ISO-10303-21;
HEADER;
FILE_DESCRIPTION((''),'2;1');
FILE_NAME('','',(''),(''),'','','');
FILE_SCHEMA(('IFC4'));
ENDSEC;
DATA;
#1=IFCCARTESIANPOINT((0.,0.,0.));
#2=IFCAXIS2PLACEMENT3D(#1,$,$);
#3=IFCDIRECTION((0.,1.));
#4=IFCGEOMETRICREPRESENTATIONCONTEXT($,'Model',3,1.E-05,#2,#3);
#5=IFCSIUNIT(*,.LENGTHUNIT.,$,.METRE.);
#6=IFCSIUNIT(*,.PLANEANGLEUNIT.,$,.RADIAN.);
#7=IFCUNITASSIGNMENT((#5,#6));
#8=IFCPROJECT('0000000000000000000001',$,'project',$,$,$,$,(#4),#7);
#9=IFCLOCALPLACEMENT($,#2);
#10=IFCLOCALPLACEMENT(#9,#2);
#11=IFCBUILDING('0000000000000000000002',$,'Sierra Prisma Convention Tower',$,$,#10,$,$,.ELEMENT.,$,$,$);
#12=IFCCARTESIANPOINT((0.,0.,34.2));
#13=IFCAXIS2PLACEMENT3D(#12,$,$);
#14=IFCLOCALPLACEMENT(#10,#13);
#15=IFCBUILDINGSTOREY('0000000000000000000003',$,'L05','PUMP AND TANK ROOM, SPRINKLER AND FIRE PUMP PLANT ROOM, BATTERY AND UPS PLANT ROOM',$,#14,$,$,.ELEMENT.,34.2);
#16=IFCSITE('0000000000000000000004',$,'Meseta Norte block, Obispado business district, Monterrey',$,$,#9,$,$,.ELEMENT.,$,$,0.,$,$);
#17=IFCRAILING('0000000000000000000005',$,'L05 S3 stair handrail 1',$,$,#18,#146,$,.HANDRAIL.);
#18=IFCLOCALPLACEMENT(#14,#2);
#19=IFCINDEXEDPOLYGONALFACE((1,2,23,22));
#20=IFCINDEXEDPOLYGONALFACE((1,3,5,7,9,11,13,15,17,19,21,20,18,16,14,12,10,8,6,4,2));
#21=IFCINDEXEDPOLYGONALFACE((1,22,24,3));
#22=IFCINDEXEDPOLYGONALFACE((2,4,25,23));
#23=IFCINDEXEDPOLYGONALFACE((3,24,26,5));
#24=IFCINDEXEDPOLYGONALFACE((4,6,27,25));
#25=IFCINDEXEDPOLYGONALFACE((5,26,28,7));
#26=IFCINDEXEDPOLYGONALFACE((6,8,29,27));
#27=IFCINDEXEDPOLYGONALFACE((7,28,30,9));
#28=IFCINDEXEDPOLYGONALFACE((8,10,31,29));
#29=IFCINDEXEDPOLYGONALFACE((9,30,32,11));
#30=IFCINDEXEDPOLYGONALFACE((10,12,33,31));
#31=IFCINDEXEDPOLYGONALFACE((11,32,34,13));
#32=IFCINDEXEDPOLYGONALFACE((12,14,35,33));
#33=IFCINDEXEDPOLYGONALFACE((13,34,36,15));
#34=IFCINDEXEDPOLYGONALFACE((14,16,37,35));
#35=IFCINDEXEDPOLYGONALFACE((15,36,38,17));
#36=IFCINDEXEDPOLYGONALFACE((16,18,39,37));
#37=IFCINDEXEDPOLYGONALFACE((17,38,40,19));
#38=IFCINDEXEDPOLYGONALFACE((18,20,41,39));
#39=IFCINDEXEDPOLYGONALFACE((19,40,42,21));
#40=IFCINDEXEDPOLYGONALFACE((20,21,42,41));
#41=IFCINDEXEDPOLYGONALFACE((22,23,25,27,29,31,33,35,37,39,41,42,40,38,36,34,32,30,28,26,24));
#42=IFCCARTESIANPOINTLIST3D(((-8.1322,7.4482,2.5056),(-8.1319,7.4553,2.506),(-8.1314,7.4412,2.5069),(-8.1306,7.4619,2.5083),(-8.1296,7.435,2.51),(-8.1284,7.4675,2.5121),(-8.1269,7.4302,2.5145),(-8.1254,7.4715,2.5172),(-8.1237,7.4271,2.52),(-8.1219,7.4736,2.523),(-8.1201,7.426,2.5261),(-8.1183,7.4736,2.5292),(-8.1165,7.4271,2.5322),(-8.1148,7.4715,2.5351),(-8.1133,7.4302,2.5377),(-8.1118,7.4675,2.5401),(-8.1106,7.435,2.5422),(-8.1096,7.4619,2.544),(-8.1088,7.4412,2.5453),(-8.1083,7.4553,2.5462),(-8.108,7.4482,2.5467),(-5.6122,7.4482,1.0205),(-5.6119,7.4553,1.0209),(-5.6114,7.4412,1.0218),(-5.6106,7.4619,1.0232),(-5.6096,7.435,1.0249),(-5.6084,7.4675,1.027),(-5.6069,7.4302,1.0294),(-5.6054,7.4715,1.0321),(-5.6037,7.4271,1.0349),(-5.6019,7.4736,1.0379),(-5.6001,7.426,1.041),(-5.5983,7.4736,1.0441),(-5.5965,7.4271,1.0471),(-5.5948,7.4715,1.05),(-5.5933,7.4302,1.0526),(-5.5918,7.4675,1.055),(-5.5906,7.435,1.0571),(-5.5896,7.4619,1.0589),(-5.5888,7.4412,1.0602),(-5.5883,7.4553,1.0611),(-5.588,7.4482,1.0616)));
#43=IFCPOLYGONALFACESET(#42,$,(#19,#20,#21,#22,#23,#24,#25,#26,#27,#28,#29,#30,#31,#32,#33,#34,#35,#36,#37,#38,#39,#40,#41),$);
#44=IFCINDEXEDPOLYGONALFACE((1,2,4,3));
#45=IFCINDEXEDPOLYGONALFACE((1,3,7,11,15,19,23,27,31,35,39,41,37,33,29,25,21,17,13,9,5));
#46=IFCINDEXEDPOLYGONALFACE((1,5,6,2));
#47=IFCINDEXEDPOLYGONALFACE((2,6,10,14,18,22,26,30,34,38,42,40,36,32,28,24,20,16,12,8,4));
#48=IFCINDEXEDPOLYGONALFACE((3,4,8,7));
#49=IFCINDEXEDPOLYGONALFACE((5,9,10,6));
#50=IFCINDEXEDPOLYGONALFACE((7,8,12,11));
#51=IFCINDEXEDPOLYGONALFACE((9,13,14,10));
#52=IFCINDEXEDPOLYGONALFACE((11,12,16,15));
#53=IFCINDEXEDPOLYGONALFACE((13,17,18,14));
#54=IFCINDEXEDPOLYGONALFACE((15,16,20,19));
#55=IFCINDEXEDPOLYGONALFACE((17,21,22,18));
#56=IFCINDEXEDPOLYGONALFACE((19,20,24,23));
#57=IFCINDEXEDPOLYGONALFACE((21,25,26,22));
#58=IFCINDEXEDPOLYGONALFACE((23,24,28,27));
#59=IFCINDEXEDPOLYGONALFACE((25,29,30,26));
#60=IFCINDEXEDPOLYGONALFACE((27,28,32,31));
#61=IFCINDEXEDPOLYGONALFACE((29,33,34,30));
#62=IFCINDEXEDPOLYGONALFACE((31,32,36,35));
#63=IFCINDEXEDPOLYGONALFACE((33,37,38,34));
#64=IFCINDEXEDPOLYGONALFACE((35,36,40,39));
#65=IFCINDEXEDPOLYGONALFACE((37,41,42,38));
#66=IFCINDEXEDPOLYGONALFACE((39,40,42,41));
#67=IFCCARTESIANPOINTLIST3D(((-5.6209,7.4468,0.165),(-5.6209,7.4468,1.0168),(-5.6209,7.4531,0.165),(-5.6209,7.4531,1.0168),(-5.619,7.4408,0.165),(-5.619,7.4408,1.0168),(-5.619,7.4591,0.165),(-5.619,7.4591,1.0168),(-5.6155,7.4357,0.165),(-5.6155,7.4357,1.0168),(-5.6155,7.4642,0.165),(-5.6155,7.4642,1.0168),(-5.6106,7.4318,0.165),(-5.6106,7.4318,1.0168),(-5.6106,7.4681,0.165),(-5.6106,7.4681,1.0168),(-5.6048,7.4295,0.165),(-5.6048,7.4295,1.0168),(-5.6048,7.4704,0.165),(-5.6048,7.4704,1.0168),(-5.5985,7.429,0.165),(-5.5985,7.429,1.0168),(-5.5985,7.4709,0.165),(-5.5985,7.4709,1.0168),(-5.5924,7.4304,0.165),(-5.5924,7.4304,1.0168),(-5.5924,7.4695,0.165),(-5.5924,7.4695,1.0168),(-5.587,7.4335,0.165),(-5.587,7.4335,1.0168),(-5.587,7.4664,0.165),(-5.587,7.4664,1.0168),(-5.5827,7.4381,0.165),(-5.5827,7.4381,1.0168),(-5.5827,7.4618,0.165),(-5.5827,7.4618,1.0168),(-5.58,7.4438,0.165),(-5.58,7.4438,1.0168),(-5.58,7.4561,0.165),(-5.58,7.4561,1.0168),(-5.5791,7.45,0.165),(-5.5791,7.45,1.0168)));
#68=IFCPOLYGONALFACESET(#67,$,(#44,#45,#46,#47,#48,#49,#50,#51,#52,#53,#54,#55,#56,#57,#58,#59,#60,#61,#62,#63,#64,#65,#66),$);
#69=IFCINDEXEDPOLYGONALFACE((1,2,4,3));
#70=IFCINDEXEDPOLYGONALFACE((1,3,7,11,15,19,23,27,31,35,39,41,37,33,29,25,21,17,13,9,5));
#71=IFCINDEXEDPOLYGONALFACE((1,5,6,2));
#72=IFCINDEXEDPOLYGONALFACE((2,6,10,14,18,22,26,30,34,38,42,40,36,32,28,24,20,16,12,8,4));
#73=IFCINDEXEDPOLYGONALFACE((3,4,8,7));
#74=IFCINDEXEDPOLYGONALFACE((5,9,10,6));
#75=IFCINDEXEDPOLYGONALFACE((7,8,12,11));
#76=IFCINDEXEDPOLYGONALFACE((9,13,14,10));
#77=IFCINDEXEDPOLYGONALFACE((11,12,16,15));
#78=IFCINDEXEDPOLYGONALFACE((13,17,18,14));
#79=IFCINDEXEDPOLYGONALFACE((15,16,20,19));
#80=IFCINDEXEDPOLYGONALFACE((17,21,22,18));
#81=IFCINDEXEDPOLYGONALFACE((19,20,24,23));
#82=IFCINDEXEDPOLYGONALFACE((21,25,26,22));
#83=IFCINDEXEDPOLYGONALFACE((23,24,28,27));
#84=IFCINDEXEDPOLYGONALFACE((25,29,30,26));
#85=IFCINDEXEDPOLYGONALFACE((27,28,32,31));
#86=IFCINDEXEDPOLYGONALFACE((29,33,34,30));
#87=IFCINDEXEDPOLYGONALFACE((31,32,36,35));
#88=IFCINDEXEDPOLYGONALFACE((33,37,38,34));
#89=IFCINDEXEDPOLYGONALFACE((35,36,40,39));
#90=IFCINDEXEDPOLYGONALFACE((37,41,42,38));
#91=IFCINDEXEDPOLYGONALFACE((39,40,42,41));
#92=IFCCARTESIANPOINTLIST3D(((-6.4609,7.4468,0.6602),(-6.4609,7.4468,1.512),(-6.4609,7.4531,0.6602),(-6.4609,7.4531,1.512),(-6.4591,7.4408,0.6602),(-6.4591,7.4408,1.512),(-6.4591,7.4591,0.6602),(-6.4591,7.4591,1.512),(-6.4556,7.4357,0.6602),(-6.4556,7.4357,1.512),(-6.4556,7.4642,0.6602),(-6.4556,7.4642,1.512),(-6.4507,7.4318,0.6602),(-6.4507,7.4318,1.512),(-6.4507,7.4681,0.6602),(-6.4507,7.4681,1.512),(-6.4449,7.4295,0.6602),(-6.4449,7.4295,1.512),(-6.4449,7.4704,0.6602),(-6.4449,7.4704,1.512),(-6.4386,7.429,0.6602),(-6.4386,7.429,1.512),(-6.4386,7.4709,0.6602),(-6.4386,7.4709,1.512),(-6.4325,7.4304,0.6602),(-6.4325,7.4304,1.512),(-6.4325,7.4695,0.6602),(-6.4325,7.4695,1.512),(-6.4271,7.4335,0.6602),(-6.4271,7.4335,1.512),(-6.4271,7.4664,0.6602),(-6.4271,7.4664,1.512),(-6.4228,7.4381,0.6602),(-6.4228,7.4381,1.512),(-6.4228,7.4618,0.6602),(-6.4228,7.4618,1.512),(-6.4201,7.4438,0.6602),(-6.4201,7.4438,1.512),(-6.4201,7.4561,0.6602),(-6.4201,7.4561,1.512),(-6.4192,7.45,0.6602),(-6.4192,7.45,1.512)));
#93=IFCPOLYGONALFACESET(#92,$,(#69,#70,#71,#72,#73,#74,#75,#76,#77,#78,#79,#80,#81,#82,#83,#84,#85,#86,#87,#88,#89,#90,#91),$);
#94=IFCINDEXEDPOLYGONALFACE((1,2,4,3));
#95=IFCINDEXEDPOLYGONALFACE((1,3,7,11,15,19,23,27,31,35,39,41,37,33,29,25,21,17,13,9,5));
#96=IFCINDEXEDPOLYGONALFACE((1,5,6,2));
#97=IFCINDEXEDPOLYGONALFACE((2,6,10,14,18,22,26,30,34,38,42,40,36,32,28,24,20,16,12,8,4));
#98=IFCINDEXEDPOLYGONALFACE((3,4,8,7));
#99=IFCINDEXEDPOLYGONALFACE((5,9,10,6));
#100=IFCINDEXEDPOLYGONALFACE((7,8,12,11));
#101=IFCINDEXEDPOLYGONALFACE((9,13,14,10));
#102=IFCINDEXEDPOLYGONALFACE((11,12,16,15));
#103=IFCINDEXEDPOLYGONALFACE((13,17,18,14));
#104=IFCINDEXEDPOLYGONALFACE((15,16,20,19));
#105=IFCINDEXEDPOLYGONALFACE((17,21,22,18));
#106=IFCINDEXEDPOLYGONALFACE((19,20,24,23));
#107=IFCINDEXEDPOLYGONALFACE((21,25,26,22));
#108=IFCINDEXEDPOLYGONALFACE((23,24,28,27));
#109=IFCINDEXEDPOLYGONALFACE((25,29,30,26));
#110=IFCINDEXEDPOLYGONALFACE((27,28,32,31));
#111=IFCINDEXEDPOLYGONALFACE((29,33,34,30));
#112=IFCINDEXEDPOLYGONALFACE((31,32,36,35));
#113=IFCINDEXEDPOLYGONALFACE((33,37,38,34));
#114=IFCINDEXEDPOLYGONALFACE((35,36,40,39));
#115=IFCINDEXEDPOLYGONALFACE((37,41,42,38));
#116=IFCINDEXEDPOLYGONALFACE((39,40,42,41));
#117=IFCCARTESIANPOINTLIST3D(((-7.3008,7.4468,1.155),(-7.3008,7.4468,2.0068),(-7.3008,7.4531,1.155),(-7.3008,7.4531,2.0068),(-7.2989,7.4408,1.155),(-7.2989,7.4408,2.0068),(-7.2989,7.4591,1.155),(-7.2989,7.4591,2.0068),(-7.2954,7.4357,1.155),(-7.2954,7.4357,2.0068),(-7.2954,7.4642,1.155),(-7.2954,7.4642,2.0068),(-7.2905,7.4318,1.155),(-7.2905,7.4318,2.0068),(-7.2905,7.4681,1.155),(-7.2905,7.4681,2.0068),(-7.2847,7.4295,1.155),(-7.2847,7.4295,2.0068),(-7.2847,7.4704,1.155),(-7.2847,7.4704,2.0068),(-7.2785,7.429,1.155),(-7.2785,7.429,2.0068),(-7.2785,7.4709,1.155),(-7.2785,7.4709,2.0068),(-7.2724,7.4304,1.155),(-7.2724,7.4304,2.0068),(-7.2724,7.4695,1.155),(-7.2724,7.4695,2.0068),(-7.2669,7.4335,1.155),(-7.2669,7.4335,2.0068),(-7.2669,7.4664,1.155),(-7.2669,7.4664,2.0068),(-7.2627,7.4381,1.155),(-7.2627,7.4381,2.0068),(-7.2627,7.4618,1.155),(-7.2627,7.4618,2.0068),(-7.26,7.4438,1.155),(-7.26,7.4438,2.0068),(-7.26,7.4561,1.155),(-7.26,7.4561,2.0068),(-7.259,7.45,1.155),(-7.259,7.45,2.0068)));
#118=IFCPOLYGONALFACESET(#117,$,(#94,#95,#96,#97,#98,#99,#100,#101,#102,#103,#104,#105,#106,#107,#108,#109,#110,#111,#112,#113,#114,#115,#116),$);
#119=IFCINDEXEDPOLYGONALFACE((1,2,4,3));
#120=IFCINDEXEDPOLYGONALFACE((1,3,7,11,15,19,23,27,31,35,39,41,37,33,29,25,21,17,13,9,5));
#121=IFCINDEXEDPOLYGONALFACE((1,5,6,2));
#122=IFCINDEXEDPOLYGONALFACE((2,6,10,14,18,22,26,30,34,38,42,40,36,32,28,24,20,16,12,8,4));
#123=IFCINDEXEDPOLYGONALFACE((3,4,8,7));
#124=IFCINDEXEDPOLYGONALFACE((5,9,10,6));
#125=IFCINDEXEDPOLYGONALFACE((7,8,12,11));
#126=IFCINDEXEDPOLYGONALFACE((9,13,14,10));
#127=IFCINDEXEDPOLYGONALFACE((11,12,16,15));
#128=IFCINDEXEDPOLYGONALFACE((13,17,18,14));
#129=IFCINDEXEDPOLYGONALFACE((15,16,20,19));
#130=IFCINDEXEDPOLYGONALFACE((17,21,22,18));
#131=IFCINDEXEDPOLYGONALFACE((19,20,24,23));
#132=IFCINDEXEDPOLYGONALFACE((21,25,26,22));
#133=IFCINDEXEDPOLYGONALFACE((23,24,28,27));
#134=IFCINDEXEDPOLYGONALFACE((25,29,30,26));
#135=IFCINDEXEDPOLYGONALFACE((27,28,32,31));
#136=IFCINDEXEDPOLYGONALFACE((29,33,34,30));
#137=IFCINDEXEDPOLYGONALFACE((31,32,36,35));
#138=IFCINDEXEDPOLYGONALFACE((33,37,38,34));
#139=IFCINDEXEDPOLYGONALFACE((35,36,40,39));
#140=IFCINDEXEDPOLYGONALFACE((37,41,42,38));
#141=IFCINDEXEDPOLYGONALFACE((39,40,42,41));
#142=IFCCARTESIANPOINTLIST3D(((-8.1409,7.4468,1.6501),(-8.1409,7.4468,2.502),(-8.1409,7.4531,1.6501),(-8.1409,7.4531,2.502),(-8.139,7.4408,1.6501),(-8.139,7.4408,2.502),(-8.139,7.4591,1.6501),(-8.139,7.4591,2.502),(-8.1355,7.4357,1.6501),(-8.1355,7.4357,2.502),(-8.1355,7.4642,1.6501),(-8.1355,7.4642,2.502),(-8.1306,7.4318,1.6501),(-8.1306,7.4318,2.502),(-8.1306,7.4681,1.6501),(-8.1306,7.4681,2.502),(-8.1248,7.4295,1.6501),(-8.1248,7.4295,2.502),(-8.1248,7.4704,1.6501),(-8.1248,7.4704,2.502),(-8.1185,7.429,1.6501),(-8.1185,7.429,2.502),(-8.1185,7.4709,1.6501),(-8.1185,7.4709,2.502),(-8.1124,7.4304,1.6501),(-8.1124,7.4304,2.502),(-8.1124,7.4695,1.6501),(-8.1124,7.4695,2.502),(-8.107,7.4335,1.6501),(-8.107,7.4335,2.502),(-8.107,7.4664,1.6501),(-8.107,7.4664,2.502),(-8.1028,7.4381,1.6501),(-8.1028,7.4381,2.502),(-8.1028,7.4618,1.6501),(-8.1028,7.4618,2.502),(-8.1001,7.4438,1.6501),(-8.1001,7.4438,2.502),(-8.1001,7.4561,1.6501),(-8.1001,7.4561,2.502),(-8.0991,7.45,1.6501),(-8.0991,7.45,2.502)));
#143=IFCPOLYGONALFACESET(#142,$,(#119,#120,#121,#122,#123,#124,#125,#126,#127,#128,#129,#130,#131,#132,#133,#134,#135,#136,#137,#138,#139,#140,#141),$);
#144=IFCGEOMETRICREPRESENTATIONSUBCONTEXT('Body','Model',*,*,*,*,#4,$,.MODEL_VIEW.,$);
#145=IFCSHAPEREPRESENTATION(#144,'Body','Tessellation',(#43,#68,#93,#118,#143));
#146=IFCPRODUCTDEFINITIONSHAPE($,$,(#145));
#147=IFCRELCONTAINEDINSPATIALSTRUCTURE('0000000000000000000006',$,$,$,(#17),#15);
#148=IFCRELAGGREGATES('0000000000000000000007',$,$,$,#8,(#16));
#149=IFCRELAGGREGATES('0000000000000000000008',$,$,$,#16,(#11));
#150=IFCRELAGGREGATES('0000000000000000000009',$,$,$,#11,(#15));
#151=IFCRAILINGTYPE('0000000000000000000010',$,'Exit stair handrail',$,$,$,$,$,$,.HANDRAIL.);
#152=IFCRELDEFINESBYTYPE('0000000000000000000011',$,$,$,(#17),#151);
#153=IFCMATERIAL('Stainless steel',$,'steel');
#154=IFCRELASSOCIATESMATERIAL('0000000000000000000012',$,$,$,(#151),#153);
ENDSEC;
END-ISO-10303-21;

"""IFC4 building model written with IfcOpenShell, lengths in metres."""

from ifc_helpers import new_model, si_unit, direction, frame, origin, origin_2d, place, context, subcontext, project, spatial, circle, extrude, material, type_object, element, save


model = new_model("IFC4")

# Units and contexts
model_context = context("Model", 3, precision=1e-05, world=origin(), true_north=direction((0.0, 1.0)))
body_context = subcontext(model_context, "Body", "Model", "MODEL_VIEW")
ifc_project = project(units=[si_unit("LENGTHUNIT", "METRE"), si_unit("PLANEANGLEUNIT", "RADIAN")], contexts=[model_context])

# Site, building, storey
site_placement = place(None, origin())
site = spatial("IfcSite", under=ifc_project, at=site_placement, Name="Meseta Norte block, Obispado business district, Monterrey", CompositionType="ELEMENT", RefElevation=0.0)
building_placement = place(site_placement, origin())
building = spatial("IfcBuilding", under=site, at=building_placement, Name="Sierra Prisma Convention Tower", CompositionType="ELEMENT")
storey_placement = place(building_placement, frame((0.0, 0.0, 34.2)))
storey = spatial("IfcBuildingStorey", under=building, at=storey_placement, Name="L05", Description="PUMP AND TANK ROOM, SPRINKLER AND FIRE PUMP PLANT ROOM, BATTERY AND UPS PLANT ROOM", CompositionType="ELEMENT", Elevation=34.2)

# Railing
ifc_material_1 = material(Name="Stainless steel", Category="steel")
railing_type_1 = type_object("IfcRailingType", Name="Exit stair handrail", PredefinedType="HANDRAIL", material=ifc_material_1)
railing_1_placement = place(storey_placement, frame((-5.6001, 7.45, 0.165)))
element("IfcRailing", 1, at=railing_1_placement, inside=storey, type_object=railing_type_1, Name="L05 S3 stair handrail 1", PredefinedType="HANDRAIL", context=body_context, shape_type="SweptSolid", body=[
    extrude(circle(Radius=0.0239, at=origin_2d()), frame((0.0, 0.0, 0.876), z_axis=(-0.861524, 0.0, 0.507717), x_axis=(0.0, -1.0, 0.0)), (0.0, 0.0, 1.0), 2.925),
    extrude(circle(Radius=0.021, at=origin_2d()), origin(), (0.0, 0.0, 1.0), 0.8518),
    extrude(circle(Radius=0.021, at=origin_2d()), frame((-0.8401, 0.0, 0.4951)), (0.0, 0.0, 1.0), 0.8518),
    extrude(circle(Radius=0.021, at=origin_2d()), frame((-1.6799, 0.0, 0.99)), (0.0, 0.0, 1.0), 0.8518),
    extrude(circle(Radius=0.021, at=origin_2d()), frame((-2.52, 0.0, 1.4851)), (0.0, 0.0, 1.0), 0.8518),
])

save(model, "model.ifc")
